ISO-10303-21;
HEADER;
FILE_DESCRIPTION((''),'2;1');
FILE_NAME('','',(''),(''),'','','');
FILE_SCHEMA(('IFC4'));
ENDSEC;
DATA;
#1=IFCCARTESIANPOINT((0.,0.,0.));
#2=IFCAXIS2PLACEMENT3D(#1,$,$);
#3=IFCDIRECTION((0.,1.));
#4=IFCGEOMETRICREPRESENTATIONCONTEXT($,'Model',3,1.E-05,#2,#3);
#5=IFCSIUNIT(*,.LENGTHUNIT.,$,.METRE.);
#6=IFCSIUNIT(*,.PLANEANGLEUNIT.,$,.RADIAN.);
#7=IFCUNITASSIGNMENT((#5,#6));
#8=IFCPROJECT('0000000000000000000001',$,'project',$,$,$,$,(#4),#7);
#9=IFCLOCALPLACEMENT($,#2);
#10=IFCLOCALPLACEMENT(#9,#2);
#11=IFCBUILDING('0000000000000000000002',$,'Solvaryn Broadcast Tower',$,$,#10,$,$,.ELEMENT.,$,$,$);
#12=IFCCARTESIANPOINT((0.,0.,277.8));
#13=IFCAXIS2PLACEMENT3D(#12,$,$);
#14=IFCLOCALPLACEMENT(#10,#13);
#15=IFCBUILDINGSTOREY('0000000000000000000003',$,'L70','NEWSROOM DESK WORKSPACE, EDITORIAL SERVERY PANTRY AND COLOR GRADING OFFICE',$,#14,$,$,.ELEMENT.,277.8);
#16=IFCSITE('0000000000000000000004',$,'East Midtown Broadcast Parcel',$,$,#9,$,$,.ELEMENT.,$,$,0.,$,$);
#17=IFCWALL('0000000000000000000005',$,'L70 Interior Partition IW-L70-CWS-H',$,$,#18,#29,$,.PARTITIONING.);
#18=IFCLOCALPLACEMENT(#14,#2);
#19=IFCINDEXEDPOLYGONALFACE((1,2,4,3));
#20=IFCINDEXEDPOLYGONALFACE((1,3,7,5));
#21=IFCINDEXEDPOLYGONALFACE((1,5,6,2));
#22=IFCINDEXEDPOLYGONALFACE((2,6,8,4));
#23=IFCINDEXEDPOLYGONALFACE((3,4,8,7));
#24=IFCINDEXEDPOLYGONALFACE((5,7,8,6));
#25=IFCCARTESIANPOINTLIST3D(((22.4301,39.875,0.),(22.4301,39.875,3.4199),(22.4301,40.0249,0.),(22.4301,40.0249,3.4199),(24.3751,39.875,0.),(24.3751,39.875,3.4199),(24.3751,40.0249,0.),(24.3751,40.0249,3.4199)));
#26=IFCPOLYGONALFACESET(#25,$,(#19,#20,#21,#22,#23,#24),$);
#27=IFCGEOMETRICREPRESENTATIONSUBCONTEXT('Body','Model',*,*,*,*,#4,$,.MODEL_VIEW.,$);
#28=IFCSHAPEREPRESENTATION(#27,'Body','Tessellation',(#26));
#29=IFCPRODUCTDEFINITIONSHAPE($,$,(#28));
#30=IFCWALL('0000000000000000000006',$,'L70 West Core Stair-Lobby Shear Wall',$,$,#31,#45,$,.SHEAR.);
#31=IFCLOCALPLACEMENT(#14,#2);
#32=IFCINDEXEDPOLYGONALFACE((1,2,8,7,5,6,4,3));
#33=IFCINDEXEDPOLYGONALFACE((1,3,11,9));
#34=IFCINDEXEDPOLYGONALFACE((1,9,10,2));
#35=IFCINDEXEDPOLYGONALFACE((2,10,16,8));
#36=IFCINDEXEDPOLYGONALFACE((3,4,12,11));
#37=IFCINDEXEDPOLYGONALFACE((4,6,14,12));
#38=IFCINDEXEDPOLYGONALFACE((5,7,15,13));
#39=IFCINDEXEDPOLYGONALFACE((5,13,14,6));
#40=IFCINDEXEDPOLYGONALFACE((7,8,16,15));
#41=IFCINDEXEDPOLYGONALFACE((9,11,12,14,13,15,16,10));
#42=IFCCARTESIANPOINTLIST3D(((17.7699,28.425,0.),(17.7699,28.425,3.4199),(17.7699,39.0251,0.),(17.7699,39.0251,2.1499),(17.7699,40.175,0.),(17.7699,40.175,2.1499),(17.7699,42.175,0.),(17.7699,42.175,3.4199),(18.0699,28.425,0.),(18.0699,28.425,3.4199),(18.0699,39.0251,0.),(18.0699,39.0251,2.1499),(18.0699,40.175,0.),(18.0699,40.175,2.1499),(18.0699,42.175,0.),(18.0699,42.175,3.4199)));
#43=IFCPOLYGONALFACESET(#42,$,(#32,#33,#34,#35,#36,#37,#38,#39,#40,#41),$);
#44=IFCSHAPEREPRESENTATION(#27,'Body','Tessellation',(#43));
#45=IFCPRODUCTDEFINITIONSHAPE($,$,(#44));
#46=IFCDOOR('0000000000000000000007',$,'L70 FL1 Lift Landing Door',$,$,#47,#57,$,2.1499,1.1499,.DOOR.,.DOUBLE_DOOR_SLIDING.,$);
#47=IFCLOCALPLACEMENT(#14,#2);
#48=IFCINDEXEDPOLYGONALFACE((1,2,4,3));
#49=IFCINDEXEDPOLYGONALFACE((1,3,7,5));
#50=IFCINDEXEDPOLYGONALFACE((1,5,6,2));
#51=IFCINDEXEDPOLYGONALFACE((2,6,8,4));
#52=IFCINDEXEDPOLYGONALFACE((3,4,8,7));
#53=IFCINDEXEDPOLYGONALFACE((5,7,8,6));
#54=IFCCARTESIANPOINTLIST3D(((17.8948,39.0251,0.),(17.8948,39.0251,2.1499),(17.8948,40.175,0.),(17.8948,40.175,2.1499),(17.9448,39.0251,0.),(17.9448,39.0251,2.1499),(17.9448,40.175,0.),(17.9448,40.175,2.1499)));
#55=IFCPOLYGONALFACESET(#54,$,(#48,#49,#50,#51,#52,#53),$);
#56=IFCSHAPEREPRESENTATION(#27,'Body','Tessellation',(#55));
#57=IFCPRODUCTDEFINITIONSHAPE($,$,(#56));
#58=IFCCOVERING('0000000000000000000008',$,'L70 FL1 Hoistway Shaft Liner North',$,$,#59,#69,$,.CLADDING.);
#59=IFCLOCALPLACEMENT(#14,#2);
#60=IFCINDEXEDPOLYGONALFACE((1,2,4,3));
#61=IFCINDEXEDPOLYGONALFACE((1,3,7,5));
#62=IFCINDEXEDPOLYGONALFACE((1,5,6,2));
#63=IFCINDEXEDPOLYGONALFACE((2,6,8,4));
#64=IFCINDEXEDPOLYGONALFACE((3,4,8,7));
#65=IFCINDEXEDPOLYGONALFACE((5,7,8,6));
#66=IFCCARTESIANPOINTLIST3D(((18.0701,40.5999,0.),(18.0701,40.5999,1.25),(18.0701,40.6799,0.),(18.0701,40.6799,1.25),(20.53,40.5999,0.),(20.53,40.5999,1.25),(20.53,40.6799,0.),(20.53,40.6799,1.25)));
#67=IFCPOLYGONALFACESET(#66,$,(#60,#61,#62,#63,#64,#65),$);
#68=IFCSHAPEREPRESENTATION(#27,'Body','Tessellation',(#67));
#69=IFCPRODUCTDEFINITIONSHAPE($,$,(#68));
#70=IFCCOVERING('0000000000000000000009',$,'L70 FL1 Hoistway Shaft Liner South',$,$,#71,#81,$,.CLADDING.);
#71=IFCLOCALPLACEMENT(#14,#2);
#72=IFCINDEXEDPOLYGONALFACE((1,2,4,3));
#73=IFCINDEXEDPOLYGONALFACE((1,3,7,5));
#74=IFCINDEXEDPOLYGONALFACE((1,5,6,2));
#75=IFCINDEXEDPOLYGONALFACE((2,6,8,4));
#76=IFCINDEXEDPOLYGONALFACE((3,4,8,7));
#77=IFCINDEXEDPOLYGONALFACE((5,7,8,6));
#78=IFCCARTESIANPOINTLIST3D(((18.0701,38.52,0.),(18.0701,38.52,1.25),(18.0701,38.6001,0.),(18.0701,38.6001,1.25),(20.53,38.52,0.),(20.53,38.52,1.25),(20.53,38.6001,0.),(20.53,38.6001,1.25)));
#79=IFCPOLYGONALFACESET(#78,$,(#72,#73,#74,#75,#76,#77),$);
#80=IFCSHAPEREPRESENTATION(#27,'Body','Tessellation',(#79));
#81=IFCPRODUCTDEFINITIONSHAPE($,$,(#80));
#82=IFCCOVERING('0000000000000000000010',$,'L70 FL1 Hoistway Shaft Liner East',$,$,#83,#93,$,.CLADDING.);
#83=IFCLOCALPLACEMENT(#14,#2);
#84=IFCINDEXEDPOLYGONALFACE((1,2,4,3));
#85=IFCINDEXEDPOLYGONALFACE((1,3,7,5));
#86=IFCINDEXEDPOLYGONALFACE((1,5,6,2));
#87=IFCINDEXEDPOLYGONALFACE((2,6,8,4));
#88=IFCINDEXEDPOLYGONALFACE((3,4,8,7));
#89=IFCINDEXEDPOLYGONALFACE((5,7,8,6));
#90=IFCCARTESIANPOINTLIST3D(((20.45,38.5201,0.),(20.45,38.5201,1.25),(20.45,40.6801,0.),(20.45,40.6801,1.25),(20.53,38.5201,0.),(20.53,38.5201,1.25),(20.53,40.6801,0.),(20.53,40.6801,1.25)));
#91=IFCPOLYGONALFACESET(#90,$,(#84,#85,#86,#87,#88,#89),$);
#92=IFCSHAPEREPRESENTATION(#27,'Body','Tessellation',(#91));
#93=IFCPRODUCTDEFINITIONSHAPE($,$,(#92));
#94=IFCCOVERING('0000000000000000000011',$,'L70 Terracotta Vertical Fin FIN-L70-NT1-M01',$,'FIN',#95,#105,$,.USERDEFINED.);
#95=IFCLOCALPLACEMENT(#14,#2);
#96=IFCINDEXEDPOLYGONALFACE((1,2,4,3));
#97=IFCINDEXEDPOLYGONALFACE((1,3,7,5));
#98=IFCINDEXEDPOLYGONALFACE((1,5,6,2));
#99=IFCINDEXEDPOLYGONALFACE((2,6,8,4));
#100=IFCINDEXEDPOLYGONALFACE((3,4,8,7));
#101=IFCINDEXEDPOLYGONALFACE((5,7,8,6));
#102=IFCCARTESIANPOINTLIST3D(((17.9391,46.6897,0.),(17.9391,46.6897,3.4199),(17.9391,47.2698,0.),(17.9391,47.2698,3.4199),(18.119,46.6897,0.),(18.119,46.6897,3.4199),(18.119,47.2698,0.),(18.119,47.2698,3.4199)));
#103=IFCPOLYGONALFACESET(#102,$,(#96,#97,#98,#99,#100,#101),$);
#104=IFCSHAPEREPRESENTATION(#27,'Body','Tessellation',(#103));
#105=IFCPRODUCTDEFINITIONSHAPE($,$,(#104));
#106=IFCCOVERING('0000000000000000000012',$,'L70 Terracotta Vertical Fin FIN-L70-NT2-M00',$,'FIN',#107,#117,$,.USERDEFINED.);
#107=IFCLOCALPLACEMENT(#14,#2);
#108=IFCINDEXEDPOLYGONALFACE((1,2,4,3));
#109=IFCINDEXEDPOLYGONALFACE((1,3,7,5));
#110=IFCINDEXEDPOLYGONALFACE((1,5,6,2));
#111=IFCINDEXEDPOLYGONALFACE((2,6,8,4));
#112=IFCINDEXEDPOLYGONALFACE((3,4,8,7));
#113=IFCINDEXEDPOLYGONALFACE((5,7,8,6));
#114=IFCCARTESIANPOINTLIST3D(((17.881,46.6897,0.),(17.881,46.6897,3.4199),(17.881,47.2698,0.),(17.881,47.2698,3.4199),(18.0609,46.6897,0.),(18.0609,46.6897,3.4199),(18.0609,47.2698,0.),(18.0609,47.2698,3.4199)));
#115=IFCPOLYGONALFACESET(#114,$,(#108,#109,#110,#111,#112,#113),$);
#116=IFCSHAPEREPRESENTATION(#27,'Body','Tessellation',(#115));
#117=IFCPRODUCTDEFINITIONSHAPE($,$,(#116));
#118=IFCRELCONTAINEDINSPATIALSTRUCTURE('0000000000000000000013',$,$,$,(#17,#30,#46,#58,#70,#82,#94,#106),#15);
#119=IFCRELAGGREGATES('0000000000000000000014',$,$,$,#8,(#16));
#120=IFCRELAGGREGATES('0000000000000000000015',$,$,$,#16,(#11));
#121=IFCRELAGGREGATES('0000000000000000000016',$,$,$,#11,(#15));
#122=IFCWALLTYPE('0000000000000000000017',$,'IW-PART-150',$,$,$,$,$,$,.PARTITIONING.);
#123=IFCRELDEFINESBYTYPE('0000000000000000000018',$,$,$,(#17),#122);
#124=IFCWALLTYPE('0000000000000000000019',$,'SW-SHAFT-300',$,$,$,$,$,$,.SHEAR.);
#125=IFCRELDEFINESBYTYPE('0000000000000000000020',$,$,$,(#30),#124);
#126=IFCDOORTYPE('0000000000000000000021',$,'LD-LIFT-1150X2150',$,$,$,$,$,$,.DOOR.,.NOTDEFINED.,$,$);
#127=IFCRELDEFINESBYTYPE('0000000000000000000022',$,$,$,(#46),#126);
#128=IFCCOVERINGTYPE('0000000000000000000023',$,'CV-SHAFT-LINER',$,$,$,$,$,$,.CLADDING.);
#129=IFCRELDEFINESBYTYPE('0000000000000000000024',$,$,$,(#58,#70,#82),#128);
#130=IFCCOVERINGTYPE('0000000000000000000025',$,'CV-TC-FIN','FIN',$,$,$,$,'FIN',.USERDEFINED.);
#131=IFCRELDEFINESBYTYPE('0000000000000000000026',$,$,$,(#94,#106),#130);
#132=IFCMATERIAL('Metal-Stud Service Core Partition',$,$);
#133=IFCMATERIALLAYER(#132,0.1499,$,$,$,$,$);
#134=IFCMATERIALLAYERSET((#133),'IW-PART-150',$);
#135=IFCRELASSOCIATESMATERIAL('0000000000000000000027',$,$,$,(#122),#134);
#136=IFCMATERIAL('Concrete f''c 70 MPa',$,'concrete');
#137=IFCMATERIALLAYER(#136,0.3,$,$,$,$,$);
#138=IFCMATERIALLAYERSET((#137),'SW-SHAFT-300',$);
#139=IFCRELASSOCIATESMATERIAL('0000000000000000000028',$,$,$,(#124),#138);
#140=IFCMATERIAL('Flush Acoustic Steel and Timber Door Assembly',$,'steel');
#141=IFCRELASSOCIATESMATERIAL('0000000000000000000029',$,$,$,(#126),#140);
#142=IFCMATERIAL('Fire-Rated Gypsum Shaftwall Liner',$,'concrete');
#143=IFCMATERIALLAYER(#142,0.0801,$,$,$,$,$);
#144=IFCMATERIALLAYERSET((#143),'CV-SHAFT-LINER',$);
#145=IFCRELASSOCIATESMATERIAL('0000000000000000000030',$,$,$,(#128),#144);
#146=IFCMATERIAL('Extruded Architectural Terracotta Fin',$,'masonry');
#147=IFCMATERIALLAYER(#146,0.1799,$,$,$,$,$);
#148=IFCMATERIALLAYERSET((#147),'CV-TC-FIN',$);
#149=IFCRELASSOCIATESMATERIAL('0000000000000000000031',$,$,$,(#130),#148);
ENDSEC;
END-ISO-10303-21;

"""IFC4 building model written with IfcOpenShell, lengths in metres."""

from ifc_helpers import new_model, si_unit, direction, frame, frame_2d, origin, origin_2d, place, context, subcontext, project, spatial, rectangle, extrude, material, layer, layer_set, type_object, element, fill, save


model = new_model("IFC4")

# Units and contexts
model_context = context("Model", 3, precision=1e-05, world=origin(), true_north=direction((0.0, 1.0)))
body_context = subcontext(model_context, "Body", "Model", "MODEL_VIEW")
ifc_project = project(units=[si_unit("LENGTHUNIT", "METRE"), si_unit("PLANEANGLEUNIT", "RADIAN")], contexts=[model_context])

# Site, building, storey
site_placement = place(None, origin())
site = spatial("IfcSite", under=ifc_project, at=site_placement, Name="East Midtown Broadcast Parcel", CompositionType="ELEMENT", RefElevation=0.0)
building_placement = place(site_placement, origin())
building = spatial("IfcBuilding", under=site, at=building_placement, Name="Solvaryn Broadcast Tower", CompositionType="ELEMENT")
storey_placement = place(building_placement, frame((0.0, 0.0, 277.8)))
storey = spatial("IfcBuildingStorey", under=building, at=storey_placement, Name="L70", Description="NEWSROOM DESK WORKSPACE, EDITORIAL SERVERY PANTRY AND COLOR GRADING OFFICE", CompositionType="ELEMENT", Elevation=277.8)

# Wall
ifc_material_1 = material(Name="Metal-Stud Service Core Partition")
ifc_layer_1 = layer(ifc_material_1, 0.1499)
ifc_layer_set_1 = layer_set([ifc_layer_1], Name="IW-PART-150")
wall_type_1 = type_object("IfcWallType", Name="IW-PART-150", PredefinedType="PARTITIONING", material=ifc_layer_set_1)
wall_1_placement = place(storey_placement, frame((22.4299, 39.95, 0.0), z_axis=(0.0, 0.0, 1.0), x_axis=(1.0, 0.0, 0.0)))
element("IfcWall", 1, at=wall_1_placement, inside=storey, type_object=wall_type_1, Name="L70 Interior Partition IW-L70-CWS-H", PredefinedType="PARTITIONING", context=body_context, shape_type="SweptSolid", body=[
    extrude(rectangle(XDim=1.9451, YDim=0.1499, at=frame_2d((0.9727, 0.0))), origin(), (0.0, 0.0, 1.0), 3.4199),
])

# Wall, opening, door
ifc_material_2 = material(Name="Concrete f'c 70 MPa", Category="concrete")
ifc_layer_2 = layer(ifc_material_2, 0.3)
ifc_layer_set_2 = layer_set([ifc_layer_2], Name="SW-SHAFT-300")
wall_type_2 = type_object("IfcWallType", Name="SW-SHAFT-300", PredefinedType="SHEAR", material=ifc_layer_set_2)
wall_2_placement = place(storey_placement, frame((17.9199, 42.175, 0.0), z_axis=(0.0, 0.0, 1.0), x_axis=(0.0, -1.0, 0.0)))
wall_2 = element("IfcWall", 2, at=wall_2_placement, inside=storey, type_object=wall_type_2, Name="L70 West Core Stair-Lobby Shear Wall", PredefinedType="SHEAR", context=body_context, shape_type="SweptSolid", body=[
    extrude(rectangle(XDim=13.75, YDim=0.3, at=frame_2d((6.875, 0.0))), origin(), (0.0, 0.0, 1.0), 3.4199),
])
opening_placement = place(wall_2_placement, frame((2.0, 0.0, 0.0)))
opening = element("IfcOpeningElement", 3, at=opening_placement, cuts=wall_2, PredefinedType="OPENING", context=body_context, shape_type="SweptSolid", body=[
    extrude(rectangle(XDim=1.1499, YDim=2.1499, at=frame_2d((0.575, 1.075))), frame((0.0, 0.1599, 0.0), z_axis=(0.0, -1.0, 0.0), x_axis=(1.0, 0.0, 0.0)), (0.0, 0.0, 1.0), 0.3201),
])
ifc_material_3 = material(Name="Flush Acoustic Steel and Timber Door Assembly", Category="steel")
door_type = type_object("IfcDoorType", Name="LD-LIFT-1150X2150", OperationType="NOTDEFINED", PredefinedType="DOOR", material=ifc_material_3)
door_placement = place(opening_placement, origin())
door = element("IfcDoor", 4, at=door_placement, inside=storey, type_object=door_type, Name="L70 FL1 Lift Landing Door", OperationType="DOUBLE_DOOR_SLIDING", OverallHeight=2.1499, OverallWidth=1.1499, PredefinedType="DOOR", context=body_context, shape_type="SweptSolid", body=[
    extrude(rectangle(XDim=1.1499, YDim=2.1499, at=frame_2d((0.575, 1.075))), frame((0.0, 0.0249, 0.0), z_axis=(0.0, -1.0, 0.0), x_axis=(1.0, 0.0, 0.0)), (0.0, 0.0, 1.0), 0.05),
])
fill(opening, door)

# Coverings
ifc_material_4 = material(Name="Fire-Rated Gypsum Shaftwall Liner", Category="concrete")
ifc_layer_3 = layer(ifc_material_4, 0.0801)
ifc_layer_set_3 = layer_set([ifc_layer_3], Name="CV-SHAFT-LINER")
covering_type_1 = type_object("IfcCoveringType", Name="CV-SHAFT-LINER", PredefinedType="CLADDING", material=ifc_layer_set_3)
for number, where, z_axis, x_axis, name in (
    (5, (19.3, 40.6399, 0.0), (0.0, 0.0, 1.0), (1.0, 0.0, 0.0), "L70 FL1 Hoistway Shaft Liner North"),
    (6, (19.3, 38.5601, 0.0), (0.0, 0.0, 1.0), (1.0, 0.0, 0.0), "L70 FL1 Hoistway Shaft Liner South"),
):
    element("IfcCovering", number, at=place(storey_placement, frame(where, z_axis=z_axis, x_axis=x_axis)), inside=storey, type_object=covering_type_1, Name=name, PredefinedType="CLADDING", context=body_context, shape_type="SweptSolid", body=[
        extrude(rectangle(XDim=2.46, YDim=0.0801, at=origin_2d()), origin(), (0.0, 0.0, 1.0), 1.25),
    ])
covering_placement = place(storey_placement, frame((20.49, 39.6001, 0.0), z_axis=(0.0, 0.0, 1.0), x_axis=(1.0, 0.0, 0.0)))
element("IfcCovering", 7, at=covering_placement, inside=storey, type_object=covering_type_1, Name="L70 FL1 Hoistway Shaft Liner East", PredefinedType="CLADDING", context=body_context, shape_type="SweptSolid", body=[
    extrude(rectangle(XDim=0.0801, YDim=2.1599, at=origin_2d()), origin(), (0.0, 0.0, 1.0), 1.25),
])
ifc_material_5 = material(Name="Extruded Architectural Terracotta Fin", Category="masonry")
ifc_layer_4 = layer(ifc_material_5, 0.1799)
ifc_layer_set_4 = layer_set([ifc_layer_4], Name="CV-TC-FIN")
covering_type_2 = type_object("IfcCoveringType", Name="CV-TC-FIN", Description="FIN", ElementType="FIN", PredefinedType="USERDEFINED", material=ifc_layer_set_4)
for number, where, z_axis, x_axis, name in (
    (8, (18.0291, 46.9797, 0.0), (0.0, 0.0, 1.0), (1.0, 0.0, 0.0), "L70 Terracotta Vertical Fin FIN-L70-NT1-M01"),
    (9, (17.9709, 46.9797, 0.0), (0.0, 0.0, 1.0), (1.0, 0.0, 0.0), "L70 Terracotta Vertical Fin FIN-L70-NT2-M00"),
):
    element("IfcCovering", number, at=place(storey_placement, frame(where, z_axis=z_axis, x_axis=x_axis)), inside=storey, type_object=covering_type_2, Name=name, ObjectType="FIN", PredefinedType="USERDEFINED", context=body_context, shape_type="SweptSolid", body=[
        extrude(rectangle(XDim=0.1799, YDim=0.5801, at=origin_2d()), origin(), (0.0, 0.0, 1.0), 3.4199),
    ])

save(model, "model.ifc")
